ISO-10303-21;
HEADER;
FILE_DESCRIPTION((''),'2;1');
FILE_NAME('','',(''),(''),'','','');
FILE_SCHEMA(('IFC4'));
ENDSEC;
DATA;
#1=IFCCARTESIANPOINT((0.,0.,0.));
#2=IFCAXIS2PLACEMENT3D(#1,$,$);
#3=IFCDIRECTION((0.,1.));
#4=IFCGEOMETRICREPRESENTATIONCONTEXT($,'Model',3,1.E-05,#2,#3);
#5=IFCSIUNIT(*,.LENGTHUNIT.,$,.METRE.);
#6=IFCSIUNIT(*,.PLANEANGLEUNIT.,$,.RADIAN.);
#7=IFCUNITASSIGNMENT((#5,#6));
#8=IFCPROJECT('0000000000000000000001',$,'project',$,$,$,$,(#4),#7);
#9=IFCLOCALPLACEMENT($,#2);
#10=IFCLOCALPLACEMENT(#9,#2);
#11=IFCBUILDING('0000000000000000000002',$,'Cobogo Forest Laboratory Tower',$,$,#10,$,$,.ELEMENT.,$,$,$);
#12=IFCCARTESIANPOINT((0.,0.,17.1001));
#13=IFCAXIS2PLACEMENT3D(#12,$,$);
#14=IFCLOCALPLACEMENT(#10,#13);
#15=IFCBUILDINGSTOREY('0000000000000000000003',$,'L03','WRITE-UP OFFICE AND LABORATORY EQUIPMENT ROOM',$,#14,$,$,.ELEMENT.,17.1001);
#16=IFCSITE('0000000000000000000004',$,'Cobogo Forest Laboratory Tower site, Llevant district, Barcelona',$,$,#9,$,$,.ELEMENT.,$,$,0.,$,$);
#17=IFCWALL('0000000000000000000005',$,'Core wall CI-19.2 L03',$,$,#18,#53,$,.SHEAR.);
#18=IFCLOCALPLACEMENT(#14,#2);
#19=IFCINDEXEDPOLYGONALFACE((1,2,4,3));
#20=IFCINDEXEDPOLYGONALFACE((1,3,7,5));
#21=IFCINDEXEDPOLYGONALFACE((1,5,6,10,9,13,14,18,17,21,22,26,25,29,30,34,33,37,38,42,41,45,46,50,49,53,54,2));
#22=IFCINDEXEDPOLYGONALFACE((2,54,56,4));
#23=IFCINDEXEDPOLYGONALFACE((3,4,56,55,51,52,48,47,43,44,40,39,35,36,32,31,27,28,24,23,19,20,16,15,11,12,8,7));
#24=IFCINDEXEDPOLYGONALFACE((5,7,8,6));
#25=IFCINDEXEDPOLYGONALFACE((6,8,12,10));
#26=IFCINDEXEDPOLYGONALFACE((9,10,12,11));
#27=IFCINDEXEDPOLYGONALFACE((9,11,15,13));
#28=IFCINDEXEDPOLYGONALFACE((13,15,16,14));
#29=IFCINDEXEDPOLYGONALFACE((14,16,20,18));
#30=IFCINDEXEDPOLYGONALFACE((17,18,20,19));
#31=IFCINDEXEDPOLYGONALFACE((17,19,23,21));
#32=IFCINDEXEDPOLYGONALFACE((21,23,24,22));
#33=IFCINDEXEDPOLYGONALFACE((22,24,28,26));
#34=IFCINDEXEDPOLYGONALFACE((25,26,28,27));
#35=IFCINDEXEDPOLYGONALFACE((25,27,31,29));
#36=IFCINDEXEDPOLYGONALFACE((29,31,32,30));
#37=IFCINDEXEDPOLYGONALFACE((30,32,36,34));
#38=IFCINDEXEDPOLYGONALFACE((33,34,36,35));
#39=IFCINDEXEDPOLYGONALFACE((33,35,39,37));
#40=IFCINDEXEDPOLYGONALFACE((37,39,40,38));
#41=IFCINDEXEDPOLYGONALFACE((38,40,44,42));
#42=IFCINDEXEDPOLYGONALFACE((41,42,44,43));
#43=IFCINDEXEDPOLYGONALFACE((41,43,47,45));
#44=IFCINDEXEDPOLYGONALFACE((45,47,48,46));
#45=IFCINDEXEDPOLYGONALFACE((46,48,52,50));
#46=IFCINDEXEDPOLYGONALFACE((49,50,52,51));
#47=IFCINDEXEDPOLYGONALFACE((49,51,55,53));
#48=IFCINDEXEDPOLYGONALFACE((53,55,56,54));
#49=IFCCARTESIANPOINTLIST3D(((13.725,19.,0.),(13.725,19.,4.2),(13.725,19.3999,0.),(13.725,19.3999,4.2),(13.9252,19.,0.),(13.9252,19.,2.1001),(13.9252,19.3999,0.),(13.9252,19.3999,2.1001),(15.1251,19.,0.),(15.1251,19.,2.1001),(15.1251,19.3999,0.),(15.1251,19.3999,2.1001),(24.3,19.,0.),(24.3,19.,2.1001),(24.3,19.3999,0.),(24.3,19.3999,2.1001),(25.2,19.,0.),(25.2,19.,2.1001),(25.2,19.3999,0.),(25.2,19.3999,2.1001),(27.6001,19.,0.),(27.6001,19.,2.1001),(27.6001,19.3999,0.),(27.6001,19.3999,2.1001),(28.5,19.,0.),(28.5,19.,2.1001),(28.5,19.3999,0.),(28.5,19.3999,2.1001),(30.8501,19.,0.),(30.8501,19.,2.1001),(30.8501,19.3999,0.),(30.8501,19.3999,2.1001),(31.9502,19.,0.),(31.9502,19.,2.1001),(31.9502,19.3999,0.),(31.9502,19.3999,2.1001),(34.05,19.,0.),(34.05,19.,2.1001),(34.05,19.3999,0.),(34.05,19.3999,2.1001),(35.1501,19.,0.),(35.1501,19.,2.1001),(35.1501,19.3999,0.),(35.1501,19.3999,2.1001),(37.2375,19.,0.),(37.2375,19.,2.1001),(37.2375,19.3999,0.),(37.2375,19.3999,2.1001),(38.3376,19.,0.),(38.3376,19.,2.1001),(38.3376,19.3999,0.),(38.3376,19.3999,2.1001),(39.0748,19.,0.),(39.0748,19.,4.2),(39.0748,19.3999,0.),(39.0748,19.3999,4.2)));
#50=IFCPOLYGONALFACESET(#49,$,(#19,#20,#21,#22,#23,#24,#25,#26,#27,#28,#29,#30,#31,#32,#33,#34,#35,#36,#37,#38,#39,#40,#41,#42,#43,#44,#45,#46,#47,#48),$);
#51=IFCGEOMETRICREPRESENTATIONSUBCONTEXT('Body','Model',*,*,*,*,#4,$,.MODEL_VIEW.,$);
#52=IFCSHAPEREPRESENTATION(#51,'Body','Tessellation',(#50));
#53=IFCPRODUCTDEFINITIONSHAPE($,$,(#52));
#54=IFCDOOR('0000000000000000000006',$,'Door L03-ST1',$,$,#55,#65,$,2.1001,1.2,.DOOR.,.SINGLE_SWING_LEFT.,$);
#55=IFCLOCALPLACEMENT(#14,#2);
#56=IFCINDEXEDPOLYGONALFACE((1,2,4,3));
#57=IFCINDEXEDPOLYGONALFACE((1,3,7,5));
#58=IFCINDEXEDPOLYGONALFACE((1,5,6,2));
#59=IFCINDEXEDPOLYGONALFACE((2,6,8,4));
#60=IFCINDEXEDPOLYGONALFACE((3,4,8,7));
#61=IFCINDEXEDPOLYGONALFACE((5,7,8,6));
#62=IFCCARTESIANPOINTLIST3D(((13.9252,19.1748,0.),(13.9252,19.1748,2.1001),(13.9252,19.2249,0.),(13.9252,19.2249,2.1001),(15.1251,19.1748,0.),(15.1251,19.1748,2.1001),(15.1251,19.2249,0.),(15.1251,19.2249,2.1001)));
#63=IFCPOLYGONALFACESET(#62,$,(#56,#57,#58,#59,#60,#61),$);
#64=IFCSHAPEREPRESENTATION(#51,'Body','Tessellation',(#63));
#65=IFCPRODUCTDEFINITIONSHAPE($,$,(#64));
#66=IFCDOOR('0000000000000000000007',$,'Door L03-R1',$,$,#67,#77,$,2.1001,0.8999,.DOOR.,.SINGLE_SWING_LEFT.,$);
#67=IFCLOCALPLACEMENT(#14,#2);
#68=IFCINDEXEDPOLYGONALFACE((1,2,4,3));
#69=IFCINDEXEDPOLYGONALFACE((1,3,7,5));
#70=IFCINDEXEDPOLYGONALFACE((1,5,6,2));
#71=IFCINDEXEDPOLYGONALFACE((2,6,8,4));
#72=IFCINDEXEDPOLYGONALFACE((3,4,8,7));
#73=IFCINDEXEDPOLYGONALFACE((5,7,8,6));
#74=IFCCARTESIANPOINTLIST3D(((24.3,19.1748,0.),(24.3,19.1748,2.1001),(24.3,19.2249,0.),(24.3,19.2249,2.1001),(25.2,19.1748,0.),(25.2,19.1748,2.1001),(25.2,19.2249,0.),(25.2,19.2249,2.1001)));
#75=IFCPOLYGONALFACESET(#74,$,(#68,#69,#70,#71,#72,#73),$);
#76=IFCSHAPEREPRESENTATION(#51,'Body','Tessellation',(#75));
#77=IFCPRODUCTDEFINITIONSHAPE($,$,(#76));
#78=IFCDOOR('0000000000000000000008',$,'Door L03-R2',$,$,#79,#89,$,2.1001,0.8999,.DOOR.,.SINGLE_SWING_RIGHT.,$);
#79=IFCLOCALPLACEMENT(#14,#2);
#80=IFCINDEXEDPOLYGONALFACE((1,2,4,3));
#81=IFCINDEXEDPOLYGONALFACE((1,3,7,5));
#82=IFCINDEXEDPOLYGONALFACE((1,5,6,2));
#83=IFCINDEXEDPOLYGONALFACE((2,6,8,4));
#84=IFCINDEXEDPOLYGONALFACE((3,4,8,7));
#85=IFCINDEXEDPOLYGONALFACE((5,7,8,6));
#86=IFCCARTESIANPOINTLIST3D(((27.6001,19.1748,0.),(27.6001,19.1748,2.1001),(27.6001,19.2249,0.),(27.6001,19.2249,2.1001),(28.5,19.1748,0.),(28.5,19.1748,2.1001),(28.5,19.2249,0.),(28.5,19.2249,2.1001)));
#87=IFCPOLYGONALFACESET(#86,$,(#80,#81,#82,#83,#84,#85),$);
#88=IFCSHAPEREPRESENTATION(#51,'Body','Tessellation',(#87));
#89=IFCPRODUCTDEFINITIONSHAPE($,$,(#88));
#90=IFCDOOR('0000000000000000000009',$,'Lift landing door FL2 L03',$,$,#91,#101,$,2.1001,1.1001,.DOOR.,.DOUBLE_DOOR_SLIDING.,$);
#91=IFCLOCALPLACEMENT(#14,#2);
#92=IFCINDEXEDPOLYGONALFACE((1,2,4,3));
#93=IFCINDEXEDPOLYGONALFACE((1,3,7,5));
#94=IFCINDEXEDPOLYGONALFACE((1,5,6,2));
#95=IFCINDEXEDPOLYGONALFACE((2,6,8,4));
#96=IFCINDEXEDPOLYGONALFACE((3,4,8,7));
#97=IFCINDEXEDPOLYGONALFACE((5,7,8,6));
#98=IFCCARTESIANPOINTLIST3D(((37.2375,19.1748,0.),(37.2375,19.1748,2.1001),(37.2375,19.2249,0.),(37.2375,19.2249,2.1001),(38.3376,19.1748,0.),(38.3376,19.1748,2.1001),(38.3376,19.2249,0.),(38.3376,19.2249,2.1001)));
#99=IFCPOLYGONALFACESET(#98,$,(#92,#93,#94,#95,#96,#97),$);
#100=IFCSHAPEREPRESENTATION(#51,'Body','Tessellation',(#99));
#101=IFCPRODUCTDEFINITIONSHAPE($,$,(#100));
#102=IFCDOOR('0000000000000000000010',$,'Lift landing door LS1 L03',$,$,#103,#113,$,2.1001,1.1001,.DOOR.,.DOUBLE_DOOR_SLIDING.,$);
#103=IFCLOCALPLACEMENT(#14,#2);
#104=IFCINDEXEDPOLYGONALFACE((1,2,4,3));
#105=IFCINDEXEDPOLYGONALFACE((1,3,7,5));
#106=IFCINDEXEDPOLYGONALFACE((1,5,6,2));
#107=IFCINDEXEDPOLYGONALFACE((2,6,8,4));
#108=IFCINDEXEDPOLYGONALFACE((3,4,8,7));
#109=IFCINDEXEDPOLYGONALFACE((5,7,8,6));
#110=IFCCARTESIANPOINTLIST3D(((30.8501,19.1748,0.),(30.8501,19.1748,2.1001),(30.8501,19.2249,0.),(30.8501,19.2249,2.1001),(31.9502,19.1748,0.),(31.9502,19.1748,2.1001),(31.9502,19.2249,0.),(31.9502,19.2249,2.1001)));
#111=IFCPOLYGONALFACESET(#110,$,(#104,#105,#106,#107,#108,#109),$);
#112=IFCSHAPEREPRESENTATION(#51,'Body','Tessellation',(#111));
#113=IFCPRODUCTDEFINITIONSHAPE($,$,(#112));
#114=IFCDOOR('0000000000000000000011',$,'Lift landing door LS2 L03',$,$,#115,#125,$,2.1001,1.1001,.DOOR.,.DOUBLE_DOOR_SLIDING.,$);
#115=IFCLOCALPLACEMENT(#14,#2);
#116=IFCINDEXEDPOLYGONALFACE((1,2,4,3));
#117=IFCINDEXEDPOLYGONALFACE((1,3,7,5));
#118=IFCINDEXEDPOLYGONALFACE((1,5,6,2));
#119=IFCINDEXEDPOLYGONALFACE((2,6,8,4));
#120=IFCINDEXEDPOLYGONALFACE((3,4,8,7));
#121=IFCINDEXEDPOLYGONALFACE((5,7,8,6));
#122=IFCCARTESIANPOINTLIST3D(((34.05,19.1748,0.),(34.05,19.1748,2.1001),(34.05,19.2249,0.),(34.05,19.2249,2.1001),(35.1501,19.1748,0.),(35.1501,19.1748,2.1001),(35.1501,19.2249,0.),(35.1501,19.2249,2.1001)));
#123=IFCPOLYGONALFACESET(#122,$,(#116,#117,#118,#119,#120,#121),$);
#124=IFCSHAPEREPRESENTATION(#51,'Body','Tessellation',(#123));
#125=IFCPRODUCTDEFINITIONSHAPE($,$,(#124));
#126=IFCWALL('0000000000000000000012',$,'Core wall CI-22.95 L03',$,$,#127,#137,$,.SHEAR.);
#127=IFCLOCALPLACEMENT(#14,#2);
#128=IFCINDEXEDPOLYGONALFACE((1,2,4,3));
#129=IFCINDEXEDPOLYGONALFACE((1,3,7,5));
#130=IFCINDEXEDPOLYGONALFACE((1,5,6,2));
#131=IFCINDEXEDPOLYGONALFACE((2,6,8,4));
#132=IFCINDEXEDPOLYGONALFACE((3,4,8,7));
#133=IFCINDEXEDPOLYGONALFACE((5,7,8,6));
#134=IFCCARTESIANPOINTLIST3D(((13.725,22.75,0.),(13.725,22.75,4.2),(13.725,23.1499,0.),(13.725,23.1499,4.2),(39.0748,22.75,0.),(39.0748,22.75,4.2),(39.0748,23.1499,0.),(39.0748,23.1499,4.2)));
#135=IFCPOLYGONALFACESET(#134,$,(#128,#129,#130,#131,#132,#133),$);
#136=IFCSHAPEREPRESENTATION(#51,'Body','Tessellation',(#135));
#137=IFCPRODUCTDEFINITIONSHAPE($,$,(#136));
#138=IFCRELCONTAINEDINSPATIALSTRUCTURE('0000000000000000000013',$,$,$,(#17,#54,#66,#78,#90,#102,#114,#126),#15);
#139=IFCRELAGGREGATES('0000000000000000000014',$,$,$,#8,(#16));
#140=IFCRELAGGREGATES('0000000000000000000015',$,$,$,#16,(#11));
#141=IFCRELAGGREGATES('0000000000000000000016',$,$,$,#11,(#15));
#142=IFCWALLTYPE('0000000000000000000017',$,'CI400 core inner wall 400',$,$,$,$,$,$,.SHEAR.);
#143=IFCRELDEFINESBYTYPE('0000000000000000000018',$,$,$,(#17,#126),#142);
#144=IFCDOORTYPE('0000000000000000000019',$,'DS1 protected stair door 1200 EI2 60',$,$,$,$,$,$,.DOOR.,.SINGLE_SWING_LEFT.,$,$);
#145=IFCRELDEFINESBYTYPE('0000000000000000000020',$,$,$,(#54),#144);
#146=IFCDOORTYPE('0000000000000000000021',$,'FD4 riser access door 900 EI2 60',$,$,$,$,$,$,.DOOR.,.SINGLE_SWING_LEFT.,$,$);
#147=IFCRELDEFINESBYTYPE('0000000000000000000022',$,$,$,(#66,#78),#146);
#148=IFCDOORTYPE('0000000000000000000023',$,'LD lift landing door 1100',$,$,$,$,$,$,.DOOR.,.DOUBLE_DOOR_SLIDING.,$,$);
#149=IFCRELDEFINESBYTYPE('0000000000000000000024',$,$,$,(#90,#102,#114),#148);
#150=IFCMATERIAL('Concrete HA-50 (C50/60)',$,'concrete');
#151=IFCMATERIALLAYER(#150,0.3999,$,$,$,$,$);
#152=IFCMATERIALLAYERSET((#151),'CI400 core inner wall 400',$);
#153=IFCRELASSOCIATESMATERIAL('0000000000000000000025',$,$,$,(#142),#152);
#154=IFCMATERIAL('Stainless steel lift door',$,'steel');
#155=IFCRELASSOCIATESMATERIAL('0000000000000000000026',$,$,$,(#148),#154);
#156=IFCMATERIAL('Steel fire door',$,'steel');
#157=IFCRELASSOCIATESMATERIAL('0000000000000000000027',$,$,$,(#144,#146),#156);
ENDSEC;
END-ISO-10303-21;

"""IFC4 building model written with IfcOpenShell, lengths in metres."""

from ifc_helpers import new_model, si_unit, direction, frame, frame_2d, origin, place, context, subcontext, project, spatial, rectangle, extrude, material, layer, layer_set, type_object, element, fill, save


model = new_model("IFC4")

# Units and contexts
model_context = context("Model", 3, precision=1e-05, world=origin(), true_north=direction((0.0, 1.0)))
body_context = subcontext(model_context, "Body", "Model", "MODEL_VIEW")
ifc_project = project(units=[si_unit("LENGTHUNIT", "METRE"), si_unit("PLANEANGLEUNIT", "RADIAN")], contexts=[model_context])

# Site, building, storey
site_placement = place(None, origin())
site = spatial("IfcSite", under=ifc_project, at=site_placement, Name="Cobogo Forest Laboratory Tower site, Llevant district, Barcelona", CompositionType="ELEMENT", RefElevation=0.0)
building_placement = place(site_placement, origin())
building = spatial("IfcBuilding", under=site, at=building_placement, Name="Cobogo Forest Laboratory Tower", CompositionType="ELEMENT")
storey_placement = place(building_placement, frame((0.0, 0.0, 17.1001)))
storey = spatial("IfcBuildingStorey", under=building, at=storey_placement, Name="L03", Description="WRITE-UP OFFICE AND LABORATORY EQUIPMENT ROOM", CompositionType="ELEMENT", Elevation=17.1001)

# Wall, openings, doors
ifc_material_1 = material(Name="Concrete HA-50 (C50/60)", Category="concrete")
ifc_layer = layer(ifc_material_1, 0.3999)
ifc_layer_set = layer_set([ifc_layer], Name="CI400 core inner wall 400")
wall_type = type_object("IfcWallType", Name="CI400 core inner wall 400", PredefinedType="SHEAR", material=ifc_layer_set)
ifc_material_2 = material(Name="Stainless steel lift door", Category="steel")
door_type_1 = type_object("IfcDoorType", Name="LD lift landing door 1100", OperationType="DOUBLE_DOOR_SLIDING", PredefinedType="DOOR", material=ifc_material_2)
wall_1_placement = place(storey_placement, frame((13.7251, 19.2, 0.0), z_axis=(0.0, 0.0, 1.0), x_axis=(1.0, 0.0, 0.0)))
wall_1 = element("IfcWall", 1, at=wall_1_placement, inside=storey, type_object=wall_type, Name="Core wall CI-19.2 L03", PredefinedType="SHEAR", context=body_context, shape_type="SweptSolid", body=[
    extrude(rectangle(XDim=25.3499, YDim=0.3999, at=frame_2d((12.6748, 0.0))), origin(), (0.0, 0.0, 1.0), 4.2),
])
opening_1_placement = place(wall_1_placement, frame((10.575, 0.0, 0.0)))
opening_1 = element("IfcOpeningElement", 2, at=opening_1_placement, cuts=wall_1, PredefinedType="OPENING", context=body_context, shape_type="SweptSolid", body=[
    extrude(rectangle(XDim=0.8999, YDim=2.1001, at=frame_2d((0.45, 1.05))), frame((0.0, 0.21, 0.0), z_axis=(0.0, -1.0, 0.0), x_axis=(1.0, 0.0, 0.0)), (0.0, 0.0, 1.0), 0.4199),
])
opening_2_placement = place(wall_1_placement, frame((13.875, 0.0, 0.0)))
opening_2 = element("IfcOpeningElement", 3, at=opening_2_placement, cuts=wall_1, PredefinedType="OPENING", context=body_context, shape_type="SweptSolid", body=[
    extrude(rectangle(XDim=0.8999, YDim=2.1001, at=frame_2d((0.45, 1.05))), frame((0.0, 0.21, 0.0), z_axis=(0.0, -1.0, 0.0), x_axis=(1.0, 0.0, 0.0)), (0.0, 0.0, 1.0), 0.4199),
])
opening_3_placement = place(wall_1_placement, frame((0.2, 0.0, 0.0)))
opening_3 = element("IfcOpeningElement", 4, at=opening_3_placement, cuts=wall_1, PredefinedType="OPENING", context=body_context, shape_type="SweptSolid", body=[
    extrude(rectangle(XDim=1.2, YDim=2.1001, at=frame_2d((0.6001, 1.05))), frame((0.0, 0.21, 0.0), z_axis=(0.0, -1.0, 0.0), x_axis=(1.0, 0.0, 0.0)), (0.0, 0.0, 1.0), 0.4199),
])
opening_4_placement = place(wall_1_placement, frame((23.5125, 0.0, 0.0)))
opening_4 = element("IfcOpeningElement", 5, at=opening_4_placement, cuts=wall_1, PredefinedType="OPENING", context=body_context, shape_type="SweptSolid", body=[
    extrude(rectangle(XDim=1.1001, YDim=2.1001, at=frame_2d((0.55, 1.05))), frame((0.0, 0.21, 0.0), z_axis=(0.0, -1.0, 0.0), x_axis=(1.0, 0.0, 0.0)), (0.0, 0.0, 1.0), 0.4199),
])
opening_5_placement = place(wall_1_placement, frame((17.125, 0.0, 0.0)))
opening_5 = element("IfcOpeningElement", 6, at=opening_5_placement, cuts=wall_1, PredefinedType="OPENING", context=body_context, shape_type="SweptSolid", body=[
    extrude(rectangle(XDim=1.1001, YDim=2.1001, at=frame_2d((0.55, 1.05))), frame((0.0, 0.21, 0.0), z_axis=(0.0, -1.0, 0.0), x_axis=(1.0, 0.0, 0.0)), (0.0, 0.0, 1.0), 0.4199),
])
opening_6_placement = place(wall_1_placement, frame((20.325, 0.0, 0.0)))
opening_6 = element("IfcOpeningElement", 7, at=opening_6_placement, cuts=wall_1, PredefinedType="OPENING", context=body_context, shape_type="SweptSolid", body=[
    extrude(rectangle(XDim=1.1001, YDim=2.1001, at=frame_2d((0.55, 1.05))), frame((0.0, 0.21, 0.0), z_axis=(0.0, -1.0, 0.0), x_axis=(1.0, 0.0, 0.0)), (0.0, 0.0, 1.0), 0.4199),
])
ifc_material_3 = material(Name="Steel fire door", Category="steel")
door_type_2 = type_object("IfcDoorType", Name="DS1 protected stair door 1200 EI2 60", OperationType="SINGLE_SWING_LEFT", PredefinedType="DOOR", material=ifc_material_3)
door_1_placement = place(opening_3_placement, origin())
door_1 = element("IfcDoor", 8, at=door_1_placement, inside=storey, type_object=door_type_2, Name="Door L03-ST1", OperationType="SINGLE_SWING_LEFT", OverallHeight=2.1001, OverallWidth=1.2, PredefinedType="DOOR", context=body_context, shape_type="SweptSolid", body=[
    extrude(rectangle(XDim=1.2, YDim=2.1001, at=frame_2d((0.6001, 1.05))), frame((0.0, 0.0249, 0.0), z_axis=(0.0, -1.0, 0.0), x_axis=(1.0, 0.0, 0.0)), (0.0, 0.0, 1.0), 0.05),
])
fill(opening_3, door_1)
door_type_3 = type_object("IfcDoorType", Name="FD4 riser access door 900 EI2 60", OperationType="SINGLE_SWING_LEFT", PredefinedType="DOOR", material=ifc_material_3)
door_2_placement = place(opening_1_placement, origin())
door_2 = element("IfcDoor", 9, at=door_2_placement, inside=storey, type_object=door_type_3, Name="Door L03-R1", OperationType="SINGLE_SWING_LEFT", OverallHeight=2.1001, OverallWidth=0.8999, PredefinedType="DOOR", context=body_context, shape_type="SweptSolid", body=[
    extrude(rectangle(XDim=0.8999, YDim=2.1001, at=frame_2d((0.45, 1.05))), frame((0.0, 0.0249, 0.0), z_axis=(0.0, -1.0, 0.0), x_axis=(1.0, 0.0, 0.0)), (0.0, 0.0, 1.0), 0.05),
])
fill(opening_1, door_2)
door_3_placement = place(opening_2_placement, origin())
door_3 = element("IfcDoor", 10, at=door_3_placement, inside=storey, type_object=door_type_3, Name="Door L03-R2", OperationType="SINGLE_SWING_RIGHT", OverallHeight=2.1001, OverallWidth=0.8999, PredefinedType="DOOR", context=body_context, shape_type="SweptSolid", body=[
    extrude(rectangle(XDim=0.8999, YDim=2.1001, at=frame_2d((0.45, 1.05))), frame((0.0, 0.0249, 0.0), z_axis=(0.0, -1.0, 0.0), x_axis=(1.0, 0.0, 0.0)), (0.0, 0.0, 1.0), 0.05),
])
fill(opening_2, door_3)
door_4_placement = place(opening_4_placement, origin())
door_4 = element("IfcDoor", 11, at=door_4_placement, inside=storey, type_object=door_type_1, Name="Lift landing door FL2 L03", OperationType="DOUBLE_DOOR_SLIDING", OverallHeight=2.1001, OverallWidth=1.1001, PredefinedType="DOOR", context=body_context, shape_type="SweptSolid", body=[
    extrude(rectangle(XDim=1.1001, YDim=2.1001, at=frame_2d((0.55, 1.05))), frame((0.0, 0.0249, 0.0), z_axis=(0.0, -1.0, 0.0), x_axis=(1.0, 0.0, 0.0)), (0.0, 0.0, 1.0), 0.05),
])
fill(opening_4, door_4)
door_5_placement = place(opening_5_placement, origin())
door_5 = element("IfcDoor", 12, at=door_5_placement, inside=storey, type_object=door_type_1, Name="Lift landing door LS1 L03", OperationType="DOUBLE_DOOR_SLIDING", OverallHeight=2.1001, OverallWidth=1.1001, PredefinedType="DOOR", context=body_context, shape_type="SweptSolid", body=[
    extrude(rectangle(XDim=1.1001, YDim=2.1001, at=frame_2d((0.55, 1.05))), frame((0.0, 0.0249, 0.0), z_axis=(0.0, -1.0, 0.0), x_axis=(1.0, 0.0, 0.0)), (0.0, 0.0, 1.0), 0.05),
])
fill(opening_5, door_5)
door_6_placement = place(opening_6_placement, origin())
door_6 = element("IfcDoor", 13, at=door_6_placement, inside=storey, type_object=door_type_1, Name="Lift landing door LS2 L03", OperationType="DOUBLE_DOOR_SLIDING", OverallHeight=2.1001, OverallWidth=1.1001, PredefinedType="DOOR", context=body_context, shape_type="SweptSolid", body=[
    extrude(rectangle(XDim=1.1001, YDim=2.1001, at=frame_2d((0.55, 1.05))), frame((0.0, 0.0249, 0.0), z_axis=(0.0, -1.0, 0.0), x_axis=(1.0, 0.0, 0.0)), (0.0, 0.0, 1.0), 0.05),
])
fill(opening_6, door_6)

# Wall
wall_2_placement = place(storey_placement, frame((13.7251, 22.95, 0.0), z_axis=(0.0, 0.0, 1.0), x_axis=(1.0, 0.0, 0.0)))
element("IfcWall", 14, at=wall_2_placement, inside=storey, type_object=wall_type, Name="Core wall CI-22.95 L03", PredefinedType="SHEAR", context=body_context, shape_type="SweptSolid", body=[
    extrude(rectangle(XDim=25.3499, YDim=0.3999, at=frame_2d((12.6748, 0.0))), origin(), (0.0, 0.0, 1.0), 4.2),
])

save(model, "model.ifc")
